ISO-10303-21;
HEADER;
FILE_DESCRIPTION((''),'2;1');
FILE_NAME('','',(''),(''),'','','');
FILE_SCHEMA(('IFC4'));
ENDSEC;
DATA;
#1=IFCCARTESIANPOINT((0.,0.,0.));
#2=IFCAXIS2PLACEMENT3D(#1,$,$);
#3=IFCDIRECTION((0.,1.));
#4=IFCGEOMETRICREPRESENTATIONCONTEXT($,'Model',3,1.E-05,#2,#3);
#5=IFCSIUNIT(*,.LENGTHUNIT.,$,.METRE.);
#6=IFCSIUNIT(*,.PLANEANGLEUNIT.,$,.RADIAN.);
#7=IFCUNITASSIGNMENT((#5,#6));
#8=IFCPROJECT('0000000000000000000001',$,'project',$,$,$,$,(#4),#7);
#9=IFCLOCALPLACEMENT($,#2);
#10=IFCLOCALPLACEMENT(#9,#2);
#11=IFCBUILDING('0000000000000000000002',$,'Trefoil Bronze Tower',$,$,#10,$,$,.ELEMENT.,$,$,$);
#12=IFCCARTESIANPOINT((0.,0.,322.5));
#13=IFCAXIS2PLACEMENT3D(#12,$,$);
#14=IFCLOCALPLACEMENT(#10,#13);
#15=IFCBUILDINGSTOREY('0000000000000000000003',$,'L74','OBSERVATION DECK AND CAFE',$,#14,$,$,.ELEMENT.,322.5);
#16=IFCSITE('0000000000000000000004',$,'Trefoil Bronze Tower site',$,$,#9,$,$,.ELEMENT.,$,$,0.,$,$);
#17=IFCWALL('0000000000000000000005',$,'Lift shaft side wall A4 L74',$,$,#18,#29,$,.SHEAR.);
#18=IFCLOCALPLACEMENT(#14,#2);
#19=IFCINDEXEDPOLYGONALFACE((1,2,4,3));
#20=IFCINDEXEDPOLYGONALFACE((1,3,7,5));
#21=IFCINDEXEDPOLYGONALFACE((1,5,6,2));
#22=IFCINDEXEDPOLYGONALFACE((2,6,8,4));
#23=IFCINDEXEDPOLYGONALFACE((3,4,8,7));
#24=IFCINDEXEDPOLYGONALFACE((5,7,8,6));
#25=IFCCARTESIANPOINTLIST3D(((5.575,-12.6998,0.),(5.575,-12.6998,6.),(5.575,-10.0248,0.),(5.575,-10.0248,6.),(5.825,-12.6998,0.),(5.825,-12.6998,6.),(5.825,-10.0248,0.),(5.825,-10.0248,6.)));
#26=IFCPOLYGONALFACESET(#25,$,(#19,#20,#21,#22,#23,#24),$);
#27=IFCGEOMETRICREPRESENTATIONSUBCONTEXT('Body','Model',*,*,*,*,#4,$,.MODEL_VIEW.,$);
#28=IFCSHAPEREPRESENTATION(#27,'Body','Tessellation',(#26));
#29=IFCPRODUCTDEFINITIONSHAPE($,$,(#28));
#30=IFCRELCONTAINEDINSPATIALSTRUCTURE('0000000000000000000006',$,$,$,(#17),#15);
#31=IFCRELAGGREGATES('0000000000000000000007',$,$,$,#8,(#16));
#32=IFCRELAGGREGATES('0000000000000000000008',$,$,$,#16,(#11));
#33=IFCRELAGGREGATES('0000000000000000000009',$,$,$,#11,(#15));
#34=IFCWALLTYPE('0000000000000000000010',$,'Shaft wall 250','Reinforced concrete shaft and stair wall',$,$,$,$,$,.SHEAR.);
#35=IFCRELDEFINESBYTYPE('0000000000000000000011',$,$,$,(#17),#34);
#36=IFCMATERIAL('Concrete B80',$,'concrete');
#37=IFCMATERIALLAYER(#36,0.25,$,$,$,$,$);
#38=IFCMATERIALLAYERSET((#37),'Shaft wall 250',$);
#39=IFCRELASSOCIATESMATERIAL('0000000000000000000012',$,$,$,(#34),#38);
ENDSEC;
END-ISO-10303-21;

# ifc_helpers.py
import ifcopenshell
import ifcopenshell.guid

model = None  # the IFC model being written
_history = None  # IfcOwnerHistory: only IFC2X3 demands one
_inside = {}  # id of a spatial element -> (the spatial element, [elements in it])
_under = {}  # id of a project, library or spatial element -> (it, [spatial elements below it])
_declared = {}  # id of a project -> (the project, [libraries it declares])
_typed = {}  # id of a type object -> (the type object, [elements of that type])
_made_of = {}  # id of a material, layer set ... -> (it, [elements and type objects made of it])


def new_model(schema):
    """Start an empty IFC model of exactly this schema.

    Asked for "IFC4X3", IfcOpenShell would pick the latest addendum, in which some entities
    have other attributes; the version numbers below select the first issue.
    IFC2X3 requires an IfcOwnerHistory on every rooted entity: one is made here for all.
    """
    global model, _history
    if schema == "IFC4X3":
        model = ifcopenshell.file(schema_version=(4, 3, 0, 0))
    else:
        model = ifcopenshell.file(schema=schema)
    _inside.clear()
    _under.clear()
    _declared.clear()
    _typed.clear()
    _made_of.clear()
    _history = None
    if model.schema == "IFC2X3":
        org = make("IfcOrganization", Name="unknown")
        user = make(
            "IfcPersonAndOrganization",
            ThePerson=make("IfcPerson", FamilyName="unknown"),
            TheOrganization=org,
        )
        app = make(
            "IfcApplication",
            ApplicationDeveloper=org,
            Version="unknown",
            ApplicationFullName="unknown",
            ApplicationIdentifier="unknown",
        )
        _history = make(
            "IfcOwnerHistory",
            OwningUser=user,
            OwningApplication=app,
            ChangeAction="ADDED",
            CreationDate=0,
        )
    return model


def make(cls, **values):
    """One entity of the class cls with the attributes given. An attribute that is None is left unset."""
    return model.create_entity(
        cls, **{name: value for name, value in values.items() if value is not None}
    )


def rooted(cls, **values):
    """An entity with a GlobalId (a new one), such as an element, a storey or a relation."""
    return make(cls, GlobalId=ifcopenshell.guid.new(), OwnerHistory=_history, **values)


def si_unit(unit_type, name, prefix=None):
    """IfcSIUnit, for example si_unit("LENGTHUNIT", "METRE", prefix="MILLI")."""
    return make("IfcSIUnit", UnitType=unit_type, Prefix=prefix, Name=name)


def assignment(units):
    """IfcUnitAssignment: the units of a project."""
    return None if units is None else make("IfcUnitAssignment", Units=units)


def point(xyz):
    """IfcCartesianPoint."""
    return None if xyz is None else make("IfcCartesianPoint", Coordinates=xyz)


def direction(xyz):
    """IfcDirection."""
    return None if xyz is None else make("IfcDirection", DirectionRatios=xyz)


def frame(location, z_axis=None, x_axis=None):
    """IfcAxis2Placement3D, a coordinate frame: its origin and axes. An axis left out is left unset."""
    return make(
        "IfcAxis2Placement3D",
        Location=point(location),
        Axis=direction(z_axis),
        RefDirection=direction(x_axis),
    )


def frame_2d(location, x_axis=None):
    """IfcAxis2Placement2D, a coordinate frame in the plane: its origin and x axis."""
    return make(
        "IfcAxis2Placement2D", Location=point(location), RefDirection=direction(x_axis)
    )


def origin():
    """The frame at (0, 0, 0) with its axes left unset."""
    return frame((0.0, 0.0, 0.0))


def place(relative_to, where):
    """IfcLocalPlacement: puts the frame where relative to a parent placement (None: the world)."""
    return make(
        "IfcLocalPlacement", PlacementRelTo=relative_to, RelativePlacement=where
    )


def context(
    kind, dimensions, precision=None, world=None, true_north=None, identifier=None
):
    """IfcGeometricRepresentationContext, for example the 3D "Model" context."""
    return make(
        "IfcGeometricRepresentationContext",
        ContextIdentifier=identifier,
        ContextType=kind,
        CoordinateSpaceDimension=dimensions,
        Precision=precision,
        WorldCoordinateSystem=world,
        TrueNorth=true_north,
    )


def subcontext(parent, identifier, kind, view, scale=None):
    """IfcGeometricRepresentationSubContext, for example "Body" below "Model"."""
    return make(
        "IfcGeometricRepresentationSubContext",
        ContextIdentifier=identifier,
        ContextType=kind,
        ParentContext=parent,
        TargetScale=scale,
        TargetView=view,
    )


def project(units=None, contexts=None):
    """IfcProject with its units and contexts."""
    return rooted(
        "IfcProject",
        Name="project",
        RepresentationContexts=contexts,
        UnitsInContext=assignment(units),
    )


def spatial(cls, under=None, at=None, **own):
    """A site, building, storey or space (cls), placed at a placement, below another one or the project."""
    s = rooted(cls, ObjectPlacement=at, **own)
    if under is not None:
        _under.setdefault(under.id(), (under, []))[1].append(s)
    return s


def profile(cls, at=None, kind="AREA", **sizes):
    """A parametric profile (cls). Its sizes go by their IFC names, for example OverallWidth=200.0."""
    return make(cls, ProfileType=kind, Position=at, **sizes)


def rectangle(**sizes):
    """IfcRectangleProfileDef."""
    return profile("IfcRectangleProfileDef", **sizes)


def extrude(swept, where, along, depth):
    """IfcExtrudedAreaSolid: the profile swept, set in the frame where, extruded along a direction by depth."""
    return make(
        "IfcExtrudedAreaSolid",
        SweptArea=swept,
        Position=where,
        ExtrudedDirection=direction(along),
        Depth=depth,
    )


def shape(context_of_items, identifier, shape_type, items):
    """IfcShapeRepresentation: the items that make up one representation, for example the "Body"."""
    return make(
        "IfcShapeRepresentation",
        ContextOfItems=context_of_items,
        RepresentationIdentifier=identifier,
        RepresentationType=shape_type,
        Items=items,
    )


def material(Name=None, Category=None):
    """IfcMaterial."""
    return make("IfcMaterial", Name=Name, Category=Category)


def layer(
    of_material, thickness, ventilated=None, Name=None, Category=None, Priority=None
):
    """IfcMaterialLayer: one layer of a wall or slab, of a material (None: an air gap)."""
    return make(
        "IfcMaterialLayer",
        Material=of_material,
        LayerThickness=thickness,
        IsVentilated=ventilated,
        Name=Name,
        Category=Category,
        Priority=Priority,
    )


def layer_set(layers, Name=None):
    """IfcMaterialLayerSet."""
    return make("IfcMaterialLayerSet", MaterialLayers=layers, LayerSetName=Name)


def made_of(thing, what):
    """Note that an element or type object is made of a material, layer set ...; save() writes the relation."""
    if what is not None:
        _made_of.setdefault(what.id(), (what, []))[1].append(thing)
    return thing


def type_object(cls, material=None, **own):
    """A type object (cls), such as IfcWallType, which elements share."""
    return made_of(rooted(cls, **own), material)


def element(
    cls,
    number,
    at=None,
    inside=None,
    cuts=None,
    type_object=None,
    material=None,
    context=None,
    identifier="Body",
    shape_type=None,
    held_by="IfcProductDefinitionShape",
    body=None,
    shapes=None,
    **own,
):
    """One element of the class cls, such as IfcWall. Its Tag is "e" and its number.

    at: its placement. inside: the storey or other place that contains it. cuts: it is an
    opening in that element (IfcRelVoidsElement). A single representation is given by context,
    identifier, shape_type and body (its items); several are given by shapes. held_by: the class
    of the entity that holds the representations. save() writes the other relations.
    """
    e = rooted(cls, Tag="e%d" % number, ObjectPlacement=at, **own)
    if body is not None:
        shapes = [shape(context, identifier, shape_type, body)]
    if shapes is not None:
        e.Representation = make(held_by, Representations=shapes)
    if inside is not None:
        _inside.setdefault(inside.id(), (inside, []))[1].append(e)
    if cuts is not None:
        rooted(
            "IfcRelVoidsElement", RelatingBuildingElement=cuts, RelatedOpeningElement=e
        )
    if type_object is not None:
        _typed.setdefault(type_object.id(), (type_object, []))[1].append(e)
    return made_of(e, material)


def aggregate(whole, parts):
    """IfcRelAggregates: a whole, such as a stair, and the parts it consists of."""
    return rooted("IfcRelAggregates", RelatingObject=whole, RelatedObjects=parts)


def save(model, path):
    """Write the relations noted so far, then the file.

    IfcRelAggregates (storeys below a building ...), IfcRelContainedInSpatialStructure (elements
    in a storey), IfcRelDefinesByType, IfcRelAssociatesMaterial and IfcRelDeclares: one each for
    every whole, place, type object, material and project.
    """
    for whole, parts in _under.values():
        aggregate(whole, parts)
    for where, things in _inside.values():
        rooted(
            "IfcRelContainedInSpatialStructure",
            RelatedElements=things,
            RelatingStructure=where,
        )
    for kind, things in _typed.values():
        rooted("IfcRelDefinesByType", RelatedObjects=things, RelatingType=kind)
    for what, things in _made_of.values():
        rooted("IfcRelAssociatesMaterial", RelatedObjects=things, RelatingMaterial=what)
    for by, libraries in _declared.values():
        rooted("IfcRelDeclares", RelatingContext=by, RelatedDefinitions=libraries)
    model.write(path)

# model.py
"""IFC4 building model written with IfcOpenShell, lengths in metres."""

from ifc_helpers import new_model, si_unit, direction, frame, frame_2d, origin, place, context, subcontext, project, spatial, rectangle, extrude, material, layer, layer_set, type_object, element, save


model = new_model("IFC4")

# Units and contexts
model_context = context("Model", 3, precision=1e-05, world=origin(), true_north=direction((0.0, 1.0)))
body_context = subcontext(model_context, "Body", "Model", "MODEL_VIEW")
ifc_project = project(units=[si_unit("LENGTHUNIT", "METRE"), si_unit("PLANEANGLEUNIT", "RADIAN")], contexts=[model_context])

# Site, building, storey
site_placement = place(None, origin())
site = spatial("IfcSite", under=ifc_project, at=site_placement, Name="Trefoil Bronze Tower site", CompositionType="ELEMENT", RefElevation=0.0)
building_placement = place(site_placement, origin())
building = spatial("IfcBuilding", under=site, at=building_placement, Name="Trefoil Bronze Tower", CompositionType="ELEMENT")
storey_placement = place(building_placement, frame((0.0, 0.0, 322.5)))
storey = spatial("IfcBuildingStorey", under=building, at=storey_placement, Name="L74", Description="OBSERVATION DECK AND CAFE", CompositionType="ELEMENT", Elevation=322.5)

# Wall
ifc_material_1 = material(Name="Concrete B80", Category="concrete")
ifc_layer_1 = layer(ifc_material_1, 0.25)
ifc_layer_set_1 = layer_set([ifc_layer_1], Name="Shaft wall 250")
wall_type_1 = type_object("IfcWallType", Name="Shaft wall 250", Description="Reinforced concrete shaft and stair wall", PredefinedType="SHEAR", material=ifc_layer_set_1)
for number, where, z_axis, x_axis, name in (
    (1, (5.7, -10.0249, 0.0), (0.0, 0.0, 1.0), (0.0, -1.0, 0.0), "Lift shaft side wall A4 L74"),
):
    element("IfcWall", number, at=place(storey_placement, frame(where, z_axis=z_axis, x_axis=x_axis)), inside=storey, type_object=wall_type_1, Name=name, PredefinedType="SHEAR", context=body_context, shape_type="SweptSolid", body=[
        extrude(rectangle(XDim=2.675, YDim=0.25, at=frame_2d((1.3374, 0.0))), origin(), (0.0, 0.0, 1.0), 6.0),
    ])

save(model, "model.ifc")
